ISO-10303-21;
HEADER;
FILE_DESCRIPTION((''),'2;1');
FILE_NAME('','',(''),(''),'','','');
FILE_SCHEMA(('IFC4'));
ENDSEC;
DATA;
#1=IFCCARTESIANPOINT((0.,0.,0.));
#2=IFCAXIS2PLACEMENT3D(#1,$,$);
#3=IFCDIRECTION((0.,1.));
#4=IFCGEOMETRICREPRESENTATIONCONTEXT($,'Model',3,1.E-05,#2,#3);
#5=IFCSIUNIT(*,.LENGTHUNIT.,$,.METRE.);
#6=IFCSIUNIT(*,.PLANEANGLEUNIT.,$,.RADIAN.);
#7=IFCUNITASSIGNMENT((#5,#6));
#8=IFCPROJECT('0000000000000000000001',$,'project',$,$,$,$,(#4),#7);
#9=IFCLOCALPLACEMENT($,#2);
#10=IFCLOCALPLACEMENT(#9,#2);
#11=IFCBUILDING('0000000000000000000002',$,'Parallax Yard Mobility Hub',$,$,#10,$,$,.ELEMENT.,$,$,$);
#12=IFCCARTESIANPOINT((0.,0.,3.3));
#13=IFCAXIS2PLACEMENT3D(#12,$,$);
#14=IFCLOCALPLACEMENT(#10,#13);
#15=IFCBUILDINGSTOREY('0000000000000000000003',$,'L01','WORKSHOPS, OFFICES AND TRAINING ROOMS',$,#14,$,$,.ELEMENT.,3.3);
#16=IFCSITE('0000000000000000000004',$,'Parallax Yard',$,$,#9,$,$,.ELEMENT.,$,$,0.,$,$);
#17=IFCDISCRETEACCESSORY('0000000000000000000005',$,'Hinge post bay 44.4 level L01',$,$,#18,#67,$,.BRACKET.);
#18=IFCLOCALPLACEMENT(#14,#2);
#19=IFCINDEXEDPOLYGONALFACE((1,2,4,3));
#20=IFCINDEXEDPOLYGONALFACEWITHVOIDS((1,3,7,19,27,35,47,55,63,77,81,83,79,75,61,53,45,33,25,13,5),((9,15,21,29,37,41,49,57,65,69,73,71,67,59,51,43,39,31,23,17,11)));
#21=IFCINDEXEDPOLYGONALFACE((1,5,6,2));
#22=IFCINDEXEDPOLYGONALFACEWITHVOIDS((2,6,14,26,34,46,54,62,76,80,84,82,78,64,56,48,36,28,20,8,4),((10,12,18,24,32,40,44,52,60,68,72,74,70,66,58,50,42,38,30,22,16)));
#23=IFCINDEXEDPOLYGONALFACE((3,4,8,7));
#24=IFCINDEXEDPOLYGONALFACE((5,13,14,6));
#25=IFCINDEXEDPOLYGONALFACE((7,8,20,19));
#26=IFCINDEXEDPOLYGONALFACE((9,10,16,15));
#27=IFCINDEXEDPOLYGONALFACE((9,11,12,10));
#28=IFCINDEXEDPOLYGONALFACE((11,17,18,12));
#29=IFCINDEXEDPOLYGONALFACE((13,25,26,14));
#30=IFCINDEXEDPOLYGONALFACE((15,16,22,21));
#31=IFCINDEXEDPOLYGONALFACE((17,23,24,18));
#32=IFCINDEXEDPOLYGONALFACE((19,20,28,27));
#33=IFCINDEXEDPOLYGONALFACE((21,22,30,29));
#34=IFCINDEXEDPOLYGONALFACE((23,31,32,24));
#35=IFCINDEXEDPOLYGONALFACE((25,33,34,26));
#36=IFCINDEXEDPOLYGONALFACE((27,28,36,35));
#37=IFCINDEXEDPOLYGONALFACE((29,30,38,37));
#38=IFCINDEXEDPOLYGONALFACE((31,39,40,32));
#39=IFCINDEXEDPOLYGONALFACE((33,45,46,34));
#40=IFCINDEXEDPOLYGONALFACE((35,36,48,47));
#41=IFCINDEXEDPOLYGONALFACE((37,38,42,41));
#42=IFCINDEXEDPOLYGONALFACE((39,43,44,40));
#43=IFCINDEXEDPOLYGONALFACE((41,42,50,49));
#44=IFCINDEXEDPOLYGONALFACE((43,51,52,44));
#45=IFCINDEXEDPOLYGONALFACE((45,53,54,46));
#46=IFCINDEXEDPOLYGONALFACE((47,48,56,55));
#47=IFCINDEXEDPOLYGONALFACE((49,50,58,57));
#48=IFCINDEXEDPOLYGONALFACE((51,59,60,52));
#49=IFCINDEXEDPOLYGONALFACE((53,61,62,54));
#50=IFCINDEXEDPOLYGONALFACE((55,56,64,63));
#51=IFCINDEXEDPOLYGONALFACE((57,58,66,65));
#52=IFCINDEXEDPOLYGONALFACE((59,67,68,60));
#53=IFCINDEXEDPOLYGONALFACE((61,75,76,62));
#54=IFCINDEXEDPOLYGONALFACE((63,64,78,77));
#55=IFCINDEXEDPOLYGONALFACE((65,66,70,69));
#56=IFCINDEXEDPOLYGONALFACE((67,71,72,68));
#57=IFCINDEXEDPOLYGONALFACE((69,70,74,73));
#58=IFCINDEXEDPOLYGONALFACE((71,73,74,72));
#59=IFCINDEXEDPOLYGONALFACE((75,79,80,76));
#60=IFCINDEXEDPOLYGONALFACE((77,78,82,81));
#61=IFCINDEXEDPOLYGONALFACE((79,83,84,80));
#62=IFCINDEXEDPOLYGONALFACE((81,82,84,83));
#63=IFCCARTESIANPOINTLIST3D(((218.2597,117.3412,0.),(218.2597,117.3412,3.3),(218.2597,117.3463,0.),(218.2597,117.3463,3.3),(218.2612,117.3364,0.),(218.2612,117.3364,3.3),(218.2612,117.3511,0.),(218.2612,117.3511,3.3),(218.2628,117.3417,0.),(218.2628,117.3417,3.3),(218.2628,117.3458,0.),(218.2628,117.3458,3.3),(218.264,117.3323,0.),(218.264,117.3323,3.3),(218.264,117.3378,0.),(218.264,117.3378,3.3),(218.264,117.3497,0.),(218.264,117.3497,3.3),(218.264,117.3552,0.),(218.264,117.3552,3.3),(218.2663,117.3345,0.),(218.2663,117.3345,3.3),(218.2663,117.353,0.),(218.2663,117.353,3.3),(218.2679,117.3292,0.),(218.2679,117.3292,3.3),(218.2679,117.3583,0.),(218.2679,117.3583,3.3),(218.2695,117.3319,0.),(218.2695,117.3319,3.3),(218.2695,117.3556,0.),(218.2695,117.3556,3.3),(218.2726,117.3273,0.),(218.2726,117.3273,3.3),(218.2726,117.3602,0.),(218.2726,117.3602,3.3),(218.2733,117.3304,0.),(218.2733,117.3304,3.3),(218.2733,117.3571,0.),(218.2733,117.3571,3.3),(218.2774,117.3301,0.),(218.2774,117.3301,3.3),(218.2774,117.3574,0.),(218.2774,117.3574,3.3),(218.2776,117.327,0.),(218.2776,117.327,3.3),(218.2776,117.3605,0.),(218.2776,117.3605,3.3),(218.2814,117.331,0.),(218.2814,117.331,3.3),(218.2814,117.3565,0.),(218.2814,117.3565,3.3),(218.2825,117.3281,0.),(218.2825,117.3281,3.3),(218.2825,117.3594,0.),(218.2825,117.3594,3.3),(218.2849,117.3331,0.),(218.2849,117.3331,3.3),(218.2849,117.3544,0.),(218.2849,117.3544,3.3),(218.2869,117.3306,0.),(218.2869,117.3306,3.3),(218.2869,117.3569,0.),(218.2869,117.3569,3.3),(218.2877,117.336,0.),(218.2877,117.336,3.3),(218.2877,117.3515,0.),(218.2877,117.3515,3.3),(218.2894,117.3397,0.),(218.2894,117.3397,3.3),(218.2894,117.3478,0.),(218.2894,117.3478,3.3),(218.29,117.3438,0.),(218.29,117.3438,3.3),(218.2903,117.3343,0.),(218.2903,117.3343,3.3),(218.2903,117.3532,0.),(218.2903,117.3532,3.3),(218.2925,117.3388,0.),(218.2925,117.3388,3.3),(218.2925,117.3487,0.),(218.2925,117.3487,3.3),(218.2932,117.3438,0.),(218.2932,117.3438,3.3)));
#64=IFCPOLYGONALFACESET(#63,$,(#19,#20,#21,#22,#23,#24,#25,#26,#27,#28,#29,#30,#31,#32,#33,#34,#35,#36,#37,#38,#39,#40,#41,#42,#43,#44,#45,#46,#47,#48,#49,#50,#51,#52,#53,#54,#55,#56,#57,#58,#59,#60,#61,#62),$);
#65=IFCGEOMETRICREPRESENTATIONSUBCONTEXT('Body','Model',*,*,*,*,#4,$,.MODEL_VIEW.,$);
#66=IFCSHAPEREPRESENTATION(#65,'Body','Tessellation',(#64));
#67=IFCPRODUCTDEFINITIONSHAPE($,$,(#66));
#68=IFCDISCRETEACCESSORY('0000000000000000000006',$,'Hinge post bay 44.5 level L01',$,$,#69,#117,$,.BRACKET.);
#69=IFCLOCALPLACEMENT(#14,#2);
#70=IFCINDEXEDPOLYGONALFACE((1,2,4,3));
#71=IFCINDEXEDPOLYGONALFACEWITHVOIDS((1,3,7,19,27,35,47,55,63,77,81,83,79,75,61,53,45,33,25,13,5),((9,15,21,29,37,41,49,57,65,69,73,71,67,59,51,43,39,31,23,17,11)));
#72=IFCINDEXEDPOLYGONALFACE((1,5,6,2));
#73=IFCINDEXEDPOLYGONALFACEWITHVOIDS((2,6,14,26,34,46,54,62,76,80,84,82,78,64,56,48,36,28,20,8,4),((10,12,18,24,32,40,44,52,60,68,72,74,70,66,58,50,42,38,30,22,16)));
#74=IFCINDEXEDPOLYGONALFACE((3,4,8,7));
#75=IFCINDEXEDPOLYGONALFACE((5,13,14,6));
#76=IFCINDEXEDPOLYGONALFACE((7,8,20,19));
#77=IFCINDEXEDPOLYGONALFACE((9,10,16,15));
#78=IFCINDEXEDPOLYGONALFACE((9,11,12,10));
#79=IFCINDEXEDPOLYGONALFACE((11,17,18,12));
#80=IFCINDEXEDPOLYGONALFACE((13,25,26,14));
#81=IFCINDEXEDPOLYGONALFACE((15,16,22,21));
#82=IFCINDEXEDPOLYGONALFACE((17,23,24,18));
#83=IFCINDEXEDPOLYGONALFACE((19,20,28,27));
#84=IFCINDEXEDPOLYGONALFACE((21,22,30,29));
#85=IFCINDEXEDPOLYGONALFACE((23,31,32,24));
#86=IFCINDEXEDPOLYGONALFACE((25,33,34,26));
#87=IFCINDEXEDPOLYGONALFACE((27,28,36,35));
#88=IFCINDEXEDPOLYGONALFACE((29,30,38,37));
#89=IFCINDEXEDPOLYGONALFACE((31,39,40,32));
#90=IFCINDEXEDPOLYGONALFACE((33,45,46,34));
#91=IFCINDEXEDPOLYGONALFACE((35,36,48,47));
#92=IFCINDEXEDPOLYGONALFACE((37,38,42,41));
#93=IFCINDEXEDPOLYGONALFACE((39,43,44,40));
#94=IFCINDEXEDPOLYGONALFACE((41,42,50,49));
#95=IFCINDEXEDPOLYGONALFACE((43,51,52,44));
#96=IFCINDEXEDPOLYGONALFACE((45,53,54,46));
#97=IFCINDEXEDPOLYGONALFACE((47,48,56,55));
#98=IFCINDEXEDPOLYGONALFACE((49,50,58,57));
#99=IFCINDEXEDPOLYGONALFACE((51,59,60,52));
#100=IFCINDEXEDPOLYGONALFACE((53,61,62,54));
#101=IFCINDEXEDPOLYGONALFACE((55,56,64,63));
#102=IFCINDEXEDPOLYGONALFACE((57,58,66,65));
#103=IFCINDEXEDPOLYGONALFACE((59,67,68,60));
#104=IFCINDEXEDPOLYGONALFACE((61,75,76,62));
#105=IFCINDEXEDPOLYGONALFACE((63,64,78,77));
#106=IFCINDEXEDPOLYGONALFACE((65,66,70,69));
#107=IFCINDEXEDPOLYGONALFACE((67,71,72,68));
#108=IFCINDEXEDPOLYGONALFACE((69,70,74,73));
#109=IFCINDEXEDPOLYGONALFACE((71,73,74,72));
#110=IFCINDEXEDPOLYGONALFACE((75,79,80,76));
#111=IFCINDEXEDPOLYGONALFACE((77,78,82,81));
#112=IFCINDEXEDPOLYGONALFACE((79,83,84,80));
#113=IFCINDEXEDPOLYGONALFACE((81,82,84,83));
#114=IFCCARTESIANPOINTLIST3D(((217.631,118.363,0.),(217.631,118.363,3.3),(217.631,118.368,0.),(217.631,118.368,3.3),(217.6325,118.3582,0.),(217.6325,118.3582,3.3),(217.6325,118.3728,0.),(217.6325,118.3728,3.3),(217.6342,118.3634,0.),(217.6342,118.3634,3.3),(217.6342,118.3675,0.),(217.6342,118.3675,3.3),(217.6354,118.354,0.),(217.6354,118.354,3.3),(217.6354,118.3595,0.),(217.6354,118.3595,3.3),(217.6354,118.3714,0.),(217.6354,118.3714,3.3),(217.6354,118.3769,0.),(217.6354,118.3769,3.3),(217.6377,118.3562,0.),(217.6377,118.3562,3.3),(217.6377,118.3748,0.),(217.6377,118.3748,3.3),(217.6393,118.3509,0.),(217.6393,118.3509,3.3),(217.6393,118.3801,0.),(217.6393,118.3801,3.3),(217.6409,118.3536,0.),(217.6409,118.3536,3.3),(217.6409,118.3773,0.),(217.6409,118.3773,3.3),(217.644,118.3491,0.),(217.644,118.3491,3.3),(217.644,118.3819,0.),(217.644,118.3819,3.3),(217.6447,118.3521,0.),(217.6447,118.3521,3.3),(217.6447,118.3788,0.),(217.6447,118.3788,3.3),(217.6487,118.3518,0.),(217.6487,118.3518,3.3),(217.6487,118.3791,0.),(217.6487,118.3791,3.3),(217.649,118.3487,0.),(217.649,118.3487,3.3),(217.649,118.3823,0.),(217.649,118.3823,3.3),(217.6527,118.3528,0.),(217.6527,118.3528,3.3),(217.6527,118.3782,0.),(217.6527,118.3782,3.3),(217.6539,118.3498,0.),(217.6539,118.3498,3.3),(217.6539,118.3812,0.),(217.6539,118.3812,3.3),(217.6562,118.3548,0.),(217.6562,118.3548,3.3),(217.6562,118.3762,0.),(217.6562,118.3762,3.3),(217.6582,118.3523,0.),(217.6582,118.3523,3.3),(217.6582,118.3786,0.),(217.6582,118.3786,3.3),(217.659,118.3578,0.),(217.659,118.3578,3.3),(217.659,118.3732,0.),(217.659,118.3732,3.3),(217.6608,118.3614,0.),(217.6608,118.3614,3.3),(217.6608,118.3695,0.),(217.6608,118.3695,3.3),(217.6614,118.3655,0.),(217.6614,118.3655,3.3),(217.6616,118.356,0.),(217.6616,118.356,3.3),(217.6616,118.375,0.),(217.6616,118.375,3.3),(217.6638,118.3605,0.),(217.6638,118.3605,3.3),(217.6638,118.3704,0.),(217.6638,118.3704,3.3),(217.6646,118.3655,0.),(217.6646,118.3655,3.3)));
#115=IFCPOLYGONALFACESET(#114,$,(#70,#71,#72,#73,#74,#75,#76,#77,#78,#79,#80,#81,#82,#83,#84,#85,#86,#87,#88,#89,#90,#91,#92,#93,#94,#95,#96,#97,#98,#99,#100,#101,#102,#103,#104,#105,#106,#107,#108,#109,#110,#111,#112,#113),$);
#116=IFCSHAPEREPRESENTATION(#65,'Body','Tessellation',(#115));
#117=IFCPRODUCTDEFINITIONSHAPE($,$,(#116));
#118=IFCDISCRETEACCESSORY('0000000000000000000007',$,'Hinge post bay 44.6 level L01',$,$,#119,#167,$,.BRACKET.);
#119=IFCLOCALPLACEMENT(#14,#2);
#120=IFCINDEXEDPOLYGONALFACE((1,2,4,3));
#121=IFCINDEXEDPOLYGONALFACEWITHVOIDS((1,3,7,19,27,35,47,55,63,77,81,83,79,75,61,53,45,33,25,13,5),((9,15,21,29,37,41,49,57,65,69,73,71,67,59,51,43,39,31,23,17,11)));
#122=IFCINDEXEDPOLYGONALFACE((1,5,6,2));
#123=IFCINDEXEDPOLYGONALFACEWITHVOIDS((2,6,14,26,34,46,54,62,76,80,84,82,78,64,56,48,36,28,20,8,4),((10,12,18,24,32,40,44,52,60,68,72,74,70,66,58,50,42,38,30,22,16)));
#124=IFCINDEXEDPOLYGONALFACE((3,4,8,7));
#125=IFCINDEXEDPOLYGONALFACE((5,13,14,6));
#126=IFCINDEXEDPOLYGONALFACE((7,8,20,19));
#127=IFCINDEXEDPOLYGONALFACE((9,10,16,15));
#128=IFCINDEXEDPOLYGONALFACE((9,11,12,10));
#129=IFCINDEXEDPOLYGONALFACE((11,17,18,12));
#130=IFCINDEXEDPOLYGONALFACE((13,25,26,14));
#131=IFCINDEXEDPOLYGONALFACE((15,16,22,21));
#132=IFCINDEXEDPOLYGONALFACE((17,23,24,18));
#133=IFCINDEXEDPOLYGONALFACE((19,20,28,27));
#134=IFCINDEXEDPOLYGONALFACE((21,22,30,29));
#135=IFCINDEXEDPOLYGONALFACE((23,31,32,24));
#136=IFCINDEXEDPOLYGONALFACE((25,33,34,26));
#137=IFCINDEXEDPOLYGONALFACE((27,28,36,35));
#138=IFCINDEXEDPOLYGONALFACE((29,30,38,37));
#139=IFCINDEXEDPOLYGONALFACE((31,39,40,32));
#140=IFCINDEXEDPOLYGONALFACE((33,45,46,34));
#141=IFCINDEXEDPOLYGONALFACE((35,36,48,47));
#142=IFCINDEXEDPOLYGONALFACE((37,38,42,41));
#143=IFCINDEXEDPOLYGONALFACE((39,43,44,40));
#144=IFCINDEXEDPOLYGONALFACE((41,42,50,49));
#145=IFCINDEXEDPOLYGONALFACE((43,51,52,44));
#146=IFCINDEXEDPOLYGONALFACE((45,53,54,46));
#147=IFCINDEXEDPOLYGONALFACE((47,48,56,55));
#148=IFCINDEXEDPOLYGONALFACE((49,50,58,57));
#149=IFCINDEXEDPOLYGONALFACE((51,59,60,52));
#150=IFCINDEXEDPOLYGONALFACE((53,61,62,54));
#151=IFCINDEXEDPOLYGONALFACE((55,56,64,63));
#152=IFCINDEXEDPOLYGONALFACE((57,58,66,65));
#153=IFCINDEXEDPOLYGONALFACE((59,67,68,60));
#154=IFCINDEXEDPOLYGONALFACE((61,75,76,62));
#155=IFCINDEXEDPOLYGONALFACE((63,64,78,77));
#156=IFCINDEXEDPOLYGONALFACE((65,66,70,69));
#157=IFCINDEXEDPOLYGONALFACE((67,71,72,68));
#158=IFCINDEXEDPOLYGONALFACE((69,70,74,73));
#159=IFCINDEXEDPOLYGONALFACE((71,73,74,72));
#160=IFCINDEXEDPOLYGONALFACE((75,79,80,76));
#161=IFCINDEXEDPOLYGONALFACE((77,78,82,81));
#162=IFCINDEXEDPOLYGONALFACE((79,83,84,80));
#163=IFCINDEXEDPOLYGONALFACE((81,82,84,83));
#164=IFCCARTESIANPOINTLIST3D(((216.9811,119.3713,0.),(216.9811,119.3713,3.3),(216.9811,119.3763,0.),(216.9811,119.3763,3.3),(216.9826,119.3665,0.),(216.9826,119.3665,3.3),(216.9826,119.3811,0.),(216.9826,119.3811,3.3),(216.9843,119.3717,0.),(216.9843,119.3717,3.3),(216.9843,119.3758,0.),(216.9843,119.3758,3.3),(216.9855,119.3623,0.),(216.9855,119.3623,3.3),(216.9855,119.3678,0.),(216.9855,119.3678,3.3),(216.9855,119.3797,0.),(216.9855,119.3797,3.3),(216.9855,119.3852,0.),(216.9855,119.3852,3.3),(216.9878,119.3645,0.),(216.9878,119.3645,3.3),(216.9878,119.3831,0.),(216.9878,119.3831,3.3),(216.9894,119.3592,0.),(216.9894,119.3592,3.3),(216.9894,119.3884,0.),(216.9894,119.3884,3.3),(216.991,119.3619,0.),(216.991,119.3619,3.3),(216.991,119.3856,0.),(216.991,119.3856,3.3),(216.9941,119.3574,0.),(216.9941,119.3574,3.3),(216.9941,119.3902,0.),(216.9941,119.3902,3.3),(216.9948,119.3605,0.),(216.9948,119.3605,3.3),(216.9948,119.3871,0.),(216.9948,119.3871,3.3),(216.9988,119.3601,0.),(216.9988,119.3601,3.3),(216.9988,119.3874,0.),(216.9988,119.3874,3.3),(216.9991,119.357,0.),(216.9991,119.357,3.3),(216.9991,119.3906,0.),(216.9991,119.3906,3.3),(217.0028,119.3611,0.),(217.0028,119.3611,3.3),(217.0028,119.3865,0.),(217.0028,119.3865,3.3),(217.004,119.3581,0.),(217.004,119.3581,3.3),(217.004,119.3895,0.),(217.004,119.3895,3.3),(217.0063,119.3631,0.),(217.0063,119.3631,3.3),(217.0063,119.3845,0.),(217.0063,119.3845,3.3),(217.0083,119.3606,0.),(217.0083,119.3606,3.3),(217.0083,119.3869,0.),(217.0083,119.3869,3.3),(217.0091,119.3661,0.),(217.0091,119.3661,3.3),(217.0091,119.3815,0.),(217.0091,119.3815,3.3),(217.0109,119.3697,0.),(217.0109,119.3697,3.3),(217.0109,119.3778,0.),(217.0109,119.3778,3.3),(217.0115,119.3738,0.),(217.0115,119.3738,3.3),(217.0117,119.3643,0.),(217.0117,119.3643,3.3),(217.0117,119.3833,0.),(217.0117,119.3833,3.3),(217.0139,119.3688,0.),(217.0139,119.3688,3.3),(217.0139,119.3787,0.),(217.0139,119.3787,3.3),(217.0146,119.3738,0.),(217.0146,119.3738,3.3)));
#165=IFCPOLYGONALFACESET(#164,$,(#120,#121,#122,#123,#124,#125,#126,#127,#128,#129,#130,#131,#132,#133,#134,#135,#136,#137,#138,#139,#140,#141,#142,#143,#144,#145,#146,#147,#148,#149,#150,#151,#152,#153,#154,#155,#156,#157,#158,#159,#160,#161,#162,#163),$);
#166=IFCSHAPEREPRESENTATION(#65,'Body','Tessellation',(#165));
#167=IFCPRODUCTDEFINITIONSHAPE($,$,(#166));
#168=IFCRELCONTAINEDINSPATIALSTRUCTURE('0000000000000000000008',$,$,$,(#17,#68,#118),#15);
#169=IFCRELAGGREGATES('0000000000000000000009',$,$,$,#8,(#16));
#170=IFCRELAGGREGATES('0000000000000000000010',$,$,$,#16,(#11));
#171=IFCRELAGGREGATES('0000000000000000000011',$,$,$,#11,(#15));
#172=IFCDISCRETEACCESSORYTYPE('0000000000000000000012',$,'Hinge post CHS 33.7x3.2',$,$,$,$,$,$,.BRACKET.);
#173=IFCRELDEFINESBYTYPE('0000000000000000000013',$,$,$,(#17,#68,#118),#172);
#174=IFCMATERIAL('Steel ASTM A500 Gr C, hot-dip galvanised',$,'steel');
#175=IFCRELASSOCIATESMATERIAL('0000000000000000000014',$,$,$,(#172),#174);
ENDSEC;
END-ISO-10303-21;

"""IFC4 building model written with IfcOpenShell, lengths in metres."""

from ifc_helpers import new_model, si_unit, direction, frame, origin, origin_2d, place, context, subcontext, project, spatial, hollow_circle, extrude, material, material_profile, profile_set, type_object, element, save


model = new_model("IFC4")

# Units and contexts
model_context = context("Model", 3, precision=1e-05, world=origin(), true_north=direction((0.0, 1.0)))
body_context = subcontext(model_context, "Body", "Model", "MODEL_VIEW")
ifc_project = project(units=[si_unit("LENGTHUNIT", "METRE"), si_unit("PLANEANGLEUNIT", "RADIAN")], contexts=[model_context])

# Site, building, storey
site_placement = place(None, origin())
site = spatial("IfcSite", under=ifc_project, at=site_placement, Name="Parallax Yard", CompositionType="ELEMENT", RefElevation=0.0)
building_placement = place(site_placement, origin())
building = spatial("IfcBuilding", under=site, at=building_placement, Name="Parallax Yard Mobility Hub", CompositionType="ELEMENT")
storey_placement = place(building_placement, frame((0.0, 0.0, 3.3)))
storey = spatial("IfcBuildingStorey", under=building, at=storey_placement, Name="L01", Description="WORKSHOPS, OFFICES AND TRAINING ROOMS", CompositionType="ELEMENT", Elevation=3.3)

# Discrete accessories
ifc_material_1 = material(Name="Steel ASTM A500 Gr C, hot-dip galvanised", Category="steel")
ifc_material_profile_1 = material_profile(ifc_material_1, hollow_circle(Radius=0.0168, WallThickness=0.0032, at=origin_2d()), Name="CHS 33.7x3.2")
ifc_profile_set_1 = profile_set([ifc_material_profile_1], Name="Steel ASTM A500 Gr C, hot-dip galvanised")
discrete_accessory_type_1 = type_object("IfcDiscreteAccessoryType", Name="Hinge post CHS 33.7x3.2", PredefinedType="BRACKET", material=ifc_profile_set_1)
for number, where, z_axis, x_axis, name in (
    (1, (218.2764, 117.3438, 0.0), (0.0, 0.0, 1.0), (1.0, 0.0, 0.0), "Hinge post bay 44.4 level L01"),
    (2, (217.6477, 118.3655, 0.0), (0.0, 0.0, 1.0), (1.0, 0.0, 0.0), "Hinge post bay 44.5 level L01"),
    (3, (216.9978, 119.3738, 0.0), (0.0, 0.0, 1.0), (1.0, 0.0, 0.0), "Hinge post bay 44.6 level L01"),
):
    element("IfcDiscreteAccessory", number, at=place(storey_placement, frame(where, z_axis=z_axis, x_axis=x_axis)), inside=storey, type_object=discrete_accessory_type_1, Name=name, PredefinedType="BRACKET", context=body_context, shape_type="SweptSolid", body=[
        extrude(hollow_circle(Radius=0.0168, WallThickness=0.0032, at=origin_2d()), origin(), (0.0, 0.0, 1.0), 3.3),
    ])

save(model, "model.ifc")
